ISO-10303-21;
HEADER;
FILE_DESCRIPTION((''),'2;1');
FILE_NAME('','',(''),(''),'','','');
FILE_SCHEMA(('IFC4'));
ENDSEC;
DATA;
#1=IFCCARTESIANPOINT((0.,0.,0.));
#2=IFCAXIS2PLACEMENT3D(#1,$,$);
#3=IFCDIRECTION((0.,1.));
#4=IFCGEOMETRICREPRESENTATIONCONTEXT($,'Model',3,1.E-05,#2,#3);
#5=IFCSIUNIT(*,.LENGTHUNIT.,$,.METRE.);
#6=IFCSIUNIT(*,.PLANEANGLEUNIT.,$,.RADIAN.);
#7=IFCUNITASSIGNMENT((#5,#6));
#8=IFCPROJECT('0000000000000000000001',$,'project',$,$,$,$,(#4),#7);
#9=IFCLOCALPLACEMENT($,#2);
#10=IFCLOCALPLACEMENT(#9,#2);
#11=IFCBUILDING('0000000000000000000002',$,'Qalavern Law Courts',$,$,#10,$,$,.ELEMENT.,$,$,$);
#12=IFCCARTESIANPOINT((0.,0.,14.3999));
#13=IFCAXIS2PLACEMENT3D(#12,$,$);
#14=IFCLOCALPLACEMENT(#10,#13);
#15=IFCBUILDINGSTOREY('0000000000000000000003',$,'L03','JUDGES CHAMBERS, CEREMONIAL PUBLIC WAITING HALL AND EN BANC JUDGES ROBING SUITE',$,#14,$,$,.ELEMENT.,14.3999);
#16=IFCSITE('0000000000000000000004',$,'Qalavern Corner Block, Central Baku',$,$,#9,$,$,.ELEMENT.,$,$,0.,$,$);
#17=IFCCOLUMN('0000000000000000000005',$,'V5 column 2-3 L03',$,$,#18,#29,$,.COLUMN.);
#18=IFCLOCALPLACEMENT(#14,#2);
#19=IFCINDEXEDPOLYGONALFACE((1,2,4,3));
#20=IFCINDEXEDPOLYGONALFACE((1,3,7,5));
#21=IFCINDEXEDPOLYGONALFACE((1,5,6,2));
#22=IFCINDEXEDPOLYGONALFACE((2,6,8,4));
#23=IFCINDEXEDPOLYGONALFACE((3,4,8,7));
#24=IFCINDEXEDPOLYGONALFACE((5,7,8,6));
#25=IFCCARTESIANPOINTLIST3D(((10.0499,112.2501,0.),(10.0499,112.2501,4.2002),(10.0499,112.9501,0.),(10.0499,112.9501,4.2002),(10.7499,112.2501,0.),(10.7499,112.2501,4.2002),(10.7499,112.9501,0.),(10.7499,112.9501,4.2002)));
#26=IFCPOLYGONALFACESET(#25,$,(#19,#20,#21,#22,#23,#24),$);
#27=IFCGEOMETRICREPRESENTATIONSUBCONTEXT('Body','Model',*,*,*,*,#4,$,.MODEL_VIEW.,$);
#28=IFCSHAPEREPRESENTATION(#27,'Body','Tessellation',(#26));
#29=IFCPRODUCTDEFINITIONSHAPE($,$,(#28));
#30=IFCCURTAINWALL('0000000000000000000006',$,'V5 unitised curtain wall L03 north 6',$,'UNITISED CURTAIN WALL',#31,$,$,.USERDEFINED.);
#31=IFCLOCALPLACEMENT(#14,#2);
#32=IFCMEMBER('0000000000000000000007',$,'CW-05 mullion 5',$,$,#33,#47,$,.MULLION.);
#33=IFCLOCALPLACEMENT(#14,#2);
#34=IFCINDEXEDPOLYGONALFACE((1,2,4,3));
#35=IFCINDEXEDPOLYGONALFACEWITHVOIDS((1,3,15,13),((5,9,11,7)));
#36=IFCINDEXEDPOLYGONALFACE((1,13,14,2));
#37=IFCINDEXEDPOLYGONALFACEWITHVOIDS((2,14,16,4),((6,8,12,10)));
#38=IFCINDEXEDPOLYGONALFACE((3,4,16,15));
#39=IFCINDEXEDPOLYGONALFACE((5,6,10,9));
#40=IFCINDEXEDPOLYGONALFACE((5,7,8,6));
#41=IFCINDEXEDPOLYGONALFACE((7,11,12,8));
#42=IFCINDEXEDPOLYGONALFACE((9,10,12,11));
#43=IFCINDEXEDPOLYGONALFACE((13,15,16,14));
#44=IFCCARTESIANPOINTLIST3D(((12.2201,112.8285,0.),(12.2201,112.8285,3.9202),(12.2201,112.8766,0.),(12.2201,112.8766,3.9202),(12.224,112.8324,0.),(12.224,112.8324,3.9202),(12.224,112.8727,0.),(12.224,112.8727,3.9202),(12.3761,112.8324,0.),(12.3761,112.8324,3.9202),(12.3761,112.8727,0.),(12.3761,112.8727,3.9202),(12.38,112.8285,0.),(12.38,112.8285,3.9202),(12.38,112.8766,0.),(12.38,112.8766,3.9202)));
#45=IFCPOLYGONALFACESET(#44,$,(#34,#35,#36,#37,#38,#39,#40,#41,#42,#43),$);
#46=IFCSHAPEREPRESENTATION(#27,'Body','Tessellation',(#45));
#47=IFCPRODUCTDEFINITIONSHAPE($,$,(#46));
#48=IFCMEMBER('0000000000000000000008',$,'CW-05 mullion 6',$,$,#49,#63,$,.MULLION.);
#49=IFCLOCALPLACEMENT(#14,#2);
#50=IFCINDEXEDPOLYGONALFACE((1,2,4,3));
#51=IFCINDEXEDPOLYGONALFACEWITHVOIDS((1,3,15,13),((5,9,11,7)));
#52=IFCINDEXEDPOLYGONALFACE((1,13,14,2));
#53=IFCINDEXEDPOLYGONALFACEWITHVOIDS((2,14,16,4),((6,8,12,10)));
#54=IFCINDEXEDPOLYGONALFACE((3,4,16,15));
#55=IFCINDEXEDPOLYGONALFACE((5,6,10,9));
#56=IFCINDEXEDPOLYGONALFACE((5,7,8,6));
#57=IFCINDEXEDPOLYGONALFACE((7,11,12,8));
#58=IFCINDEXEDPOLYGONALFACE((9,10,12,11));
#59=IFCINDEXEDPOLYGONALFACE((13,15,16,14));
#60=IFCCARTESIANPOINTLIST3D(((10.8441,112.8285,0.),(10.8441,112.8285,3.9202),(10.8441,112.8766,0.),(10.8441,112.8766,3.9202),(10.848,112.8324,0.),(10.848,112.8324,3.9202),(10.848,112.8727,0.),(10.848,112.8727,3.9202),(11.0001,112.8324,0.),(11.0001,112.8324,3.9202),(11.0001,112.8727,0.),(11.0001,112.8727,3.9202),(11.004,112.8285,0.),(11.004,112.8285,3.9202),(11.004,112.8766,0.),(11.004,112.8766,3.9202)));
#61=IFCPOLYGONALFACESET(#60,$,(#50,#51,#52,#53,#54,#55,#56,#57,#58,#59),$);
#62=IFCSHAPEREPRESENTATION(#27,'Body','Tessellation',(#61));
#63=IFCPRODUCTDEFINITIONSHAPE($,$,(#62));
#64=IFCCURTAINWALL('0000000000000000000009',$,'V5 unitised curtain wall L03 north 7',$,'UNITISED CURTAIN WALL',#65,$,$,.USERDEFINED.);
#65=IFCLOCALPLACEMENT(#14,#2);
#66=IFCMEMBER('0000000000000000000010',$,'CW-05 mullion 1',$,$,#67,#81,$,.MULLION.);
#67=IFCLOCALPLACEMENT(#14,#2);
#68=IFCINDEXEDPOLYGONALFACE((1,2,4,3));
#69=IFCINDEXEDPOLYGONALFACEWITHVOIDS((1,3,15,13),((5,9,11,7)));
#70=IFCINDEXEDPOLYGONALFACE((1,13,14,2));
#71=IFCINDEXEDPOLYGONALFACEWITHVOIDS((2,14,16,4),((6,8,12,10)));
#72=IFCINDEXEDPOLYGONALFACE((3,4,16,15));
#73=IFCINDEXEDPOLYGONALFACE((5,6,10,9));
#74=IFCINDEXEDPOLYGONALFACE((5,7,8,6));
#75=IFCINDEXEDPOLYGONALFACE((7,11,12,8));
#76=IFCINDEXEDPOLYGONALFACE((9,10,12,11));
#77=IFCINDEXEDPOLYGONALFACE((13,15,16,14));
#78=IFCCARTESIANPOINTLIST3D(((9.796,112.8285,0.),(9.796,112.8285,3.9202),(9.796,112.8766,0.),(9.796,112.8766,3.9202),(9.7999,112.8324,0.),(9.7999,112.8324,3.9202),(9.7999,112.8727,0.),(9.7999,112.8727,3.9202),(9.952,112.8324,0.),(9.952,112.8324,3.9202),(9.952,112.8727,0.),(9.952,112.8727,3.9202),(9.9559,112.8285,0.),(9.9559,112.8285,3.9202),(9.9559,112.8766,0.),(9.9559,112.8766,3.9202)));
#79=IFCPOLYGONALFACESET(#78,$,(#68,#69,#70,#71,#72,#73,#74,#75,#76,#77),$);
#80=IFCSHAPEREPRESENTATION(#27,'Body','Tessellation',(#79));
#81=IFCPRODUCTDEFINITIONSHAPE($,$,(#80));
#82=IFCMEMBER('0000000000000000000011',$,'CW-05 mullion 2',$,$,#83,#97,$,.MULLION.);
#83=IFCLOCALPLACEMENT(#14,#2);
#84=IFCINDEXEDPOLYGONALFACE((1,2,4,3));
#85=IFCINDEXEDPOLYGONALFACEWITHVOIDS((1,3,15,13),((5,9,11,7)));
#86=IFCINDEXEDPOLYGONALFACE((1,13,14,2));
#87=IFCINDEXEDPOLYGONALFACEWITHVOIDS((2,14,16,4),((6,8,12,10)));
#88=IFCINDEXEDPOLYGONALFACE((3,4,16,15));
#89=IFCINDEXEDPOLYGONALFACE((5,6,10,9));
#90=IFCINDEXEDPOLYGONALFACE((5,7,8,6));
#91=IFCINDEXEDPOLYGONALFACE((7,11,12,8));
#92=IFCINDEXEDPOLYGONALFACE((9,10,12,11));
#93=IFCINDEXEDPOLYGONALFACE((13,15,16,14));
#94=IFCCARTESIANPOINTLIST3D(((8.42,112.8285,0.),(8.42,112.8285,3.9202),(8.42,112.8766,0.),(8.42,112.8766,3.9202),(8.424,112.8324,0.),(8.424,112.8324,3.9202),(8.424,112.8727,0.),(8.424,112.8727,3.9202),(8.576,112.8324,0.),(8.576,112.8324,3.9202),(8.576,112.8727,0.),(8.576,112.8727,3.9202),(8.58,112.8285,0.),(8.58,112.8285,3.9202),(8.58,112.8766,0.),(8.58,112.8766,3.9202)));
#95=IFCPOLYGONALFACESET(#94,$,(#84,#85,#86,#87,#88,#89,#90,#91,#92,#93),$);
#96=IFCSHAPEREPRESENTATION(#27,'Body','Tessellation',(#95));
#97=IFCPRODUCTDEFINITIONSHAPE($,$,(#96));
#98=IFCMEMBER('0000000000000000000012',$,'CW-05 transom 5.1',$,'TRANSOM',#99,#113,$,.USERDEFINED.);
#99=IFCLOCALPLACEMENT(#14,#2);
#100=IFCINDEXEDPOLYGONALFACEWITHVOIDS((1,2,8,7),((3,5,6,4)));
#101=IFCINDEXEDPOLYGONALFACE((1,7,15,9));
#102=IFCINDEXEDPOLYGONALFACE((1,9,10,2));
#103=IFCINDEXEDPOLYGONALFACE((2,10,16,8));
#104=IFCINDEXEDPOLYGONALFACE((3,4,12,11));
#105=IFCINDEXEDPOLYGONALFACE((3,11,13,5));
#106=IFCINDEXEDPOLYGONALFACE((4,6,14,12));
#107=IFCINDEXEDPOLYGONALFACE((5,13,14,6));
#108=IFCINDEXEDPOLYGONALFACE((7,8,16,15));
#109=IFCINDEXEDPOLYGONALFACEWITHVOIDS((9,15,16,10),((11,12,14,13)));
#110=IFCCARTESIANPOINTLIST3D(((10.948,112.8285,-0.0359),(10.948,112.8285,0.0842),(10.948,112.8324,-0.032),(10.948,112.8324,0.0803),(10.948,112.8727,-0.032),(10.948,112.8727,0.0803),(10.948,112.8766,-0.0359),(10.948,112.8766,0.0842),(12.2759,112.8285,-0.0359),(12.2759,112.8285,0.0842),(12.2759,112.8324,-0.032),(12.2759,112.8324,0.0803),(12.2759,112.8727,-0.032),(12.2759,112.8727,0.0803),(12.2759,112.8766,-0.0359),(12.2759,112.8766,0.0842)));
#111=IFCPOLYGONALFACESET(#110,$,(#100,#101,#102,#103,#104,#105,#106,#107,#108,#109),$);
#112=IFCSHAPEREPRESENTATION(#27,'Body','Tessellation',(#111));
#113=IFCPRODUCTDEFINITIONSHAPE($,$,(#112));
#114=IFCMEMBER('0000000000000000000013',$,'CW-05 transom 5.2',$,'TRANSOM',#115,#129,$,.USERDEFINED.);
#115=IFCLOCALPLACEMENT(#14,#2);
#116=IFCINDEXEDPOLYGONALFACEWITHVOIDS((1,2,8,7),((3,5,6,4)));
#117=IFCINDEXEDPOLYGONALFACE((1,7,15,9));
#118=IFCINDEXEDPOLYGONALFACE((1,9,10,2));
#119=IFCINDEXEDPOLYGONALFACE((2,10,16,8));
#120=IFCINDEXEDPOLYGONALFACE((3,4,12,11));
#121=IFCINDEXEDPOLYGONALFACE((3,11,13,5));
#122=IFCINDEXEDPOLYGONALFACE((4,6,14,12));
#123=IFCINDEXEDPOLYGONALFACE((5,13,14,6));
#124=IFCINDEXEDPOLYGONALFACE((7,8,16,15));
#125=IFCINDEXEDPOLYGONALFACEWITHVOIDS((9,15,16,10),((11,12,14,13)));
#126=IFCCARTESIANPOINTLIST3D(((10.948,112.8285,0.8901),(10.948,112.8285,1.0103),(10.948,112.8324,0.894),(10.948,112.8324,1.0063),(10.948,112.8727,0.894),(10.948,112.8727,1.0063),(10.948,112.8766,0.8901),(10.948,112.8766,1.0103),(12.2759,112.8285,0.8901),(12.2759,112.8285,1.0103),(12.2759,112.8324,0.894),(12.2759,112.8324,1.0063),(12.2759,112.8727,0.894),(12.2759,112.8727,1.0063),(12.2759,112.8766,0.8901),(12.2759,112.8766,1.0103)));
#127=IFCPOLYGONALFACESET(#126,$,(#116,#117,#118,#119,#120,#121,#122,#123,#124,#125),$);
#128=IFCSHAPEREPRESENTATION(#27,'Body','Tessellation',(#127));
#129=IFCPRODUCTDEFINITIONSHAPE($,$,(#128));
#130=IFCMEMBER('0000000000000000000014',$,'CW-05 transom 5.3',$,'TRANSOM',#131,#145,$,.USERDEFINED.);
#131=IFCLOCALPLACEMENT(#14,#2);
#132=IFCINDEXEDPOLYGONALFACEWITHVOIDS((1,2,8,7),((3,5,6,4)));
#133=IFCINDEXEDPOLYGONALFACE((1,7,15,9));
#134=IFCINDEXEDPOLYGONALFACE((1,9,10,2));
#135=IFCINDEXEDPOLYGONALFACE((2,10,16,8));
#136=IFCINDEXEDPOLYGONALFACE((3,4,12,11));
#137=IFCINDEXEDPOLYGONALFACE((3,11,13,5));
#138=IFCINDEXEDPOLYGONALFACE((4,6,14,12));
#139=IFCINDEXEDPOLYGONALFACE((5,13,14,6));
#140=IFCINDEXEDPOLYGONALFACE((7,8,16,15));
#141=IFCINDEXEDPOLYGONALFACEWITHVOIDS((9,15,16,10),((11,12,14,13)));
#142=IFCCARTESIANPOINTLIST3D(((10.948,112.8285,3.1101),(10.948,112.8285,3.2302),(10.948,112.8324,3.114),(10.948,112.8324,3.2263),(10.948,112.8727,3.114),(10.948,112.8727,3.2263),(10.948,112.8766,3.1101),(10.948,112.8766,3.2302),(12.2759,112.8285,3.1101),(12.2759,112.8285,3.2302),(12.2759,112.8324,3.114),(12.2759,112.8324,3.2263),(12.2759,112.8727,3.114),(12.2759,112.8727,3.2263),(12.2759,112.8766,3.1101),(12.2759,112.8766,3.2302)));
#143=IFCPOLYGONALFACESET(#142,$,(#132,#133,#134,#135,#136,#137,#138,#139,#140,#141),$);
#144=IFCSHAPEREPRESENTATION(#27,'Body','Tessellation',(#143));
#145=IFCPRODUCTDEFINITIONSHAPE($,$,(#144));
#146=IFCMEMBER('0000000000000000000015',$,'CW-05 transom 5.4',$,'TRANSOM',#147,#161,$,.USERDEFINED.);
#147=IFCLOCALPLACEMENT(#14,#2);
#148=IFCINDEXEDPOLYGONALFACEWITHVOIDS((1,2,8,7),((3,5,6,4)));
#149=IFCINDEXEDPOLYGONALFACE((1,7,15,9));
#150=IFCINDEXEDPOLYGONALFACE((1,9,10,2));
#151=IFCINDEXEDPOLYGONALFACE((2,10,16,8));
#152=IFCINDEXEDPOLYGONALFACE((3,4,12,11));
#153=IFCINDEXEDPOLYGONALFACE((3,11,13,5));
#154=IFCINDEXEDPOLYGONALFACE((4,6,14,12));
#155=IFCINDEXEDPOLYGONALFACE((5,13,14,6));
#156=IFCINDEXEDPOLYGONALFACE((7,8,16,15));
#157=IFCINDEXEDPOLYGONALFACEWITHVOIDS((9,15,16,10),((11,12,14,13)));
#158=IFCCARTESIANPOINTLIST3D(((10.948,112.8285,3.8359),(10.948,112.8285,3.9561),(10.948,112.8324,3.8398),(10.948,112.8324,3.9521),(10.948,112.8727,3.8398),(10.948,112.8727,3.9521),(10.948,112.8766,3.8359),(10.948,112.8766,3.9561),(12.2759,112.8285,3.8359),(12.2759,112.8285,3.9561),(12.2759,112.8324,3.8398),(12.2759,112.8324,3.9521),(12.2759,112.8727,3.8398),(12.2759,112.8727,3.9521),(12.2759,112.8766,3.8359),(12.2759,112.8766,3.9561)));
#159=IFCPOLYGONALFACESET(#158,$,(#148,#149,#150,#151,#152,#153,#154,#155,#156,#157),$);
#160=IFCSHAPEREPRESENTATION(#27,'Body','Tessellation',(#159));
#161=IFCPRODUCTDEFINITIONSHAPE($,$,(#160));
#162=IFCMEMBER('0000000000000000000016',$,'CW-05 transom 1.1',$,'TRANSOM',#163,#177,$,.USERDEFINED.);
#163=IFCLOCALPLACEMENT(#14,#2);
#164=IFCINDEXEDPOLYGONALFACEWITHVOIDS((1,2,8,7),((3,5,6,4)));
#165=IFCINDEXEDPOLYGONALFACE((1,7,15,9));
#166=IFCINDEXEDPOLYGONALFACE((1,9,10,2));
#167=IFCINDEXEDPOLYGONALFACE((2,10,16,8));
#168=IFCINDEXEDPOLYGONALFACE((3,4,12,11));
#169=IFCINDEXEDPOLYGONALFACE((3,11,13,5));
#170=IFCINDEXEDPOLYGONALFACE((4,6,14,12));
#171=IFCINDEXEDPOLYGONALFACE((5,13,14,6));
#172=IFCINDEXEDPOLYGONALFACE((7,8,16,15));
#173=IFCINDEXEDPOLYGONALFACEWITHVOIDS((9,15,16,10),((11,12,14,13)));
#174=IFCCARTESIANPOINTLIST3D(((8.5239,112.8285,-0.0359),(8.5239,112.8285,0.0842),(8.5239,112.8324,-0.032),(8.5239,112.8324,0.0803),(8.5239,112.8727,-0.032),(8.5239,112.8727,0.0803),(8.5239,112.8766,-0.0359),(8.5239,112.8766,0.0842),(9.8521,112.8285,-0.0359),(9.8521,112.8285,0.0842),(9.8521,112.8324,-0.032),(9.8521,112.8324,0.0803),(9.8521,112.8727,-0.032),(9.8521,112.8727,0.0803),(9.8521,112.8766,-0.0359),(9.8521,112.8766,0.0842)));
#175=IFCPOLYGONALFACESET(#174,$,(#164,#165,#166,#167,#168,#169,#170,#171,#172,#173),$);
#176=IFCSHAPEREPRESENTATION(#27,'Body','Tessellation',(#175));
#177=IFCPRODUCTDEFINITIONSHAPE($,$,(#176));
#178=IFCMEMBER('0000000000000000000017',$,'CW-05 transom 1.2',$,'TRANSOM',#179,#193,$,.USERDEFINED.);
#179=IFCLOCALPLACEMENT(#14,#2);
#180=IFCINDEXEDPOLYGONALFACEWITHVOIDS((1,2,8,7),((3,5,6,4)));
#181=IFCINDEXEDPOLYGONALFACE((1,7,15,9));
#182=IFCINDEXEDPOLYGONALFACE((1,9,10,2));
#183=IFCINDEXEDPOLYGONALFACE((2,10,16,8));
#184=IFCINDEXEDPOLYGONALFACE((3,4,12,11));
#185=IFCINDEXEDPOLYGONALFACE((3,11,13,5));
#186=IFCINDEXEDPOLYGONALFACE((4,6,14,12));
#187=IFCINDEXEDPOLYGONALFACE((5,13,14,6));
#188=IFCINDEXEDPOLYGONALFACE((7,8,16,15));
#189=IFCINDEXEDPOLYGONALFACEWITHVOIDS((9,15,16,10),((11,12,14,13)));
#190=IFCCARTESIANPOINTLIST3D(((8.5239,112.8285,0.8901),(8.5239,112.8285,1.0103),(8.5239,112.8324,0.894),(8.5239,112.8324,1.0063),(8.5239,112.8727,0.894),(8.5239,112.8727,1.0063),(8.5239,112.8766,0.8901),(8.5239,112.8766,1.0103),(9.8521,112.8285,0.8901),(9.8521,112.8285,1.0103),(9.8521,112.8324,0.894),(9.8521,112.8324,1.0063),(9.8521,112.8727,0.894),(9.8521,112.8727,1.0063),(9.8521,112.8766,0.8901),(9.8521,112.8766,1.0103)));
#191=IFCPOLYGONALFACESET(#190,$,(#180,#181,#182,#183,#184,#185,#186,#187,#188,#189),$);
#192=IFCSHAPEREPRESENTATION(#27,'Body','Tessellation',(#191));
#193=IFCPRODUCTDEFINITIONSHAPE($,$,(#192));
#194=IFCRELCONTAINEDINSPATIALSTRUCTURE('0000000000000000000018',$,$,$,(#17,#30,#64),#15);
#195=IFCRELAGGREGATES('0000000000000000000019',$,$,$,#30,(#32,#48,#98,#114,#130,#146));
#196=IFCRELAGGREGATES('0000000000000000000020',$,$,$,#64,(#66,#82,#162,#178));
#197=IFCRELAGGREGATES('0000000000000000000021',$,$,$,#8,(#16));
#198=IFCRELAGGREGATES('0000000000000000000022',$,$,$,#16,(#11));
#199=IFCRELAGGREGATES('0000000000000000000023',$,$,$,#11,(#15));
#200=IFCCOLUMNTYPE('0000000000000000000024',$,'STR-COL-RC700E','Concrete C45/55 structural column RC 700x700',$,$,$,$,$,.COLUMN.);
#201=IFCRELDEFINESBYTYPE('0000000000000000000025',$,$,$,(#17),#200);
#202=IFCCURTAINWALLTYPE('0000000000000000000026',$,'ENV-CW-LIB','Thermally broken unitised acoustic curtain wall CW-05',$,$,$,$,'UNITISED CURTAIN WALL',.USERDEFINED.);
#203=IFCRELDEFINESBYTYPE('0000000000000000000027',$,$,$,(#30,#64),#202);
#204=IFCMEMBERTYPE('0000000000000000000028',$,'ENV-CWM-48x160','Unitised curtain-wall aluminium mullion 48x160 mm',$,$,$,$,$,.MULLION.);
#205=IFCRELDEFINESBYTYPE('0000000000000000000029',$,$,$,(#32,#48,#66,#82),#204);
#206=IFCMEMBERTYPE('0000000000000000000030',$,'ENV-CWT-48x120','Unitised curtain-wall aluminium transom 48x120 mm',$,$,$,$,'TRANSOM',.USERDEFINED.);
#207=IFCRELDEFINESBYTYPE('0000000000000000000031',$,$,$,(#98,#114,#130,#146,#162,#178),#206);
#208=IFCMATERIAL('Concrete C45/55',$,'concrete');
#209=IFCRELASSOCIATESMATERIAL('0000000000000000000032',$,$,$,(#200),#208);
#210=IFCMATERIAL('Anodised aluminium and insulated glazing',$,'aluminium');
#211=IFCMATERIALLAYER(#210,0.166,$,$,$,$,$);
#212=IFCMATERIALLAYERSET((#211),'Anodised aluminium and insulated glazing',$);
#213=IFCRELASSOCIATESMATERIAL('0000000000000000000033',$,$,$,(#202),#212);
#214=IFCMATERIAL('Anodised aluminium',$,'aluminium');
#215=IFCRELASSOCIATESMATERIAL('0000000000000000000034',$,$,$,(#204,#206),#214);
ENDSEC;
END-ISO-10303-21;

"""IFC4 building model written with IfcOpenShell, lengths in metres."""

from ifc_helpers import new_model, si_unit, direction, frame, origin, origin_2d, place, context, subcontext, project, spatial, rectangle, hollow_rectangle, extrude, material, layer, layer_set, material_profile, profile_set, type_object, element, aggregate, save


model = new_model("IFC4")

# Units and contexts
model_context = context("Model", 3, precision=1e-05, world=origin(), true_north=direction((0.0, 1.0)))
body_context = subcontext(model_context, "Body", "Model", "MODEL_VIEW")
ifc_project = project(units=[si_unit("LENGTHUNIT", "METRE"), si_unit("PLANEANGLEUNIT", "RADIAN")], contexts=[model_context])

# Site, building, storey
site_placement = place(None, origin())
site = spatial("IfcSite", under=ifc_project, at=site_placement, Name="Qalavern Corner Block, Central Baku", CompositionType="ELEMENT", RefElevation=0.0)
building_placement = place(site_placement, origin())
building = spatial("IfcBuilding", under=site, at=building_placement, Name="Qalavern Law Courts", CompositionType="ELEMENT")
storey_placement = place(building_placement, frame((0.0, 0.0, 14.3999)))
storey = spatial("IfcBuildingStorey", under=building, at=storey_placement, Name="L03", Description="JUDGES CHAMBERS, CEREMONIAL PUBLIC WAITING HALL AND EN BANC JUDGES ROBING SUITE", CompositionType="ELEMENT", Elevation=14.3999)

# Column
ifc_material_1 = material(Name="Concrete C45/55", Category="concrete")
ifc_material_profile_1 = material_profile(ifc_material_1, rectangle(XDim=0.7, YDim=0.7, at=origin_2d()), Name="RC 700x700")
ifc_profile_set_1 = profile_set([ifc_material_profile_1], Name="Concrete C45/55")
column_type = type_object("IfcColumnType", Name="STR-COL-RC700E", Description="Concrete C45/55 structural column RC 700x700", PredefinedType="COLUMN", material=ifc_profile_set_1)
column_placement = place(storey_placement, frame((10.3999, 112.6001, 0.0), z_axis=(0.0, 0.0, 1.0), x_axis=(1.0, 0.0, 0.0)))
element("IfcColumn", 1, at=column_placement, inside=storey, type_object=column_type, Name="V5 column 2-3 L03", PredefinedType="COLUMN", context=body_context, shape_type="SweptSolid", body=[
    extrude(rectangle(XDim=0.7, YDim=0.7, at=origin_2d()), origin(), (0.0, 0.0, 1.0), 4.2002),
])

# Curtain walls, members
ifc_material_2 = material(Name="Anodised aluminium and insulated glazing", Category="aluminium")
ifc_layer_1 = layer(ifc_material_2, 0.166)
ifc_layer_set_1 = layer_set([ifc_layer_1], Name="Anodised aluminium and insulated glazing")
curtain_wall_type = type_object("IfcCurtainWallType", Name="ENV-CW-LIB", Description="Thermally broken unitised acoustic curtain wall CW-05", ElementType="UNITISED CURTAIN WALL", PredefinedType="USERDEFINED", material=ifc_layer_set_1)
curtain_wall_1_placement = place(storey_placement, origin())
curtain_wall_1 = element("IfcCurtainWall", 2, at=curtain_wall_1_placement, inside=storey, type_object=curtain_wall_type, Name="V5 unitised curtain wall L03 north 6", ObjectType="UNITISED CURTAIN WALL", PredefinedType="USERDEFINED")
ifc_material_3 = material(Name="Anodised aluminium", Category="aluminium")
ifc_material_profile_2 = material_profile(ifc_material_3, hollow_rectangle(XDim=0.0481, YDim=0.1599, WallThickness=0.0039, at=origin_2d()), Name="ALU MULLION 48x160")
ifc_profile_set_2 = profile_set([ifc_material_profile_2], Name="Anodised aluminium")
member_type_1 = type_object("IfcMemberType", Name="ENV-CWM-48x160", Description="Unitised curtain-wall aluminium mullion 48x160 mm", PredefinedType="MULLION", material=ifc_profile_set_2)
member_1_placement = place(storey_placement, frame((12.3, 112.8525, 0.0), z_axis=(0.0, 0.0, 1.0), x_axis=(0.0, -1.0, 0.0)))
member_1 = element("IfcMember", 3, at=member_1_placement, type_object=member_type_1, Name="CW-05 mullion 5", PredefinedType="MULLION", context=body_context, shape_type="SweptSolid", body=[
    extrude(hollow_rectangle(XDim=0.0481, YDim=0.1599, WallThickness=0.0039, at=origin_2d()), origin(), (0.0, 0.0, 1.0), 3.9202),
])
member_2_placement = place(storey_placement, frame((10.9241, 112.8525, 0.0), z_axis=(0.0, 0.0, 1.0), x_axis=(0.0, -1.0, 0.0)))
member_2 = element("IfcMember", 4, at=member_2_placement, type_object=member_type_1, Name="CW-05 mullion 6", PredefinedType="MULLION", context=body_context, shape_type="SweptSolid", body=[
    extrude(hollow_rectangle(XDim=0.0481, YDim=0.1599, WallThickness=0.0039, at=origin_2d()), origin(), (0.0, 0.0, 1.0), 3.9202),
])
curtain_wall_2_placement = place(storey_placement, origin())
curtain_wall_2 = element("IfcCurtainWall", 5, at=curtain_wall_2_placement, inside=storey, type_object=curtain_wall_type, Name="V5 unitised curtain wall L03 north 7", ObjectType="UNITISED CURTAIN WALL", PredefinedType="USERDEFINED")
member_3_placement = place(storey_placement, frame((9.876, 112.8525, 0.0), z_axis=(0.0, 0.0, 1.0), x_axis=(0.0, -1.0, 0.0)))
member_3 = element("IfcMember", 6, at=member_3_placement, type_object=member_type_1, Name="CW-05 mullion 1", PredefinedType="MULLION", context=body_context, shape_type="SweptSolid", body=[
    extrude(hollow_rectangle(XDim=0.0481, YDim=0.1599, WallThickness=0.0039, at=origin_2d()), origin(), (0.0, 0.0, 1.0), 3.9202),
])
member_4_placement = place(storey_placement, frame((8.5, 112.8525, 0.0), z_axis=(0.0, 0.0, 1.0), x_axis=(0.0, -1.0, 0.0)))
member_4 = element("IfcMember", 7, at=member_4_placement, type_object=member_type_1, Name="CW-05 mullion 2", PredefinedType="MULLION", context=body_context, shape_type="SweptSolid", body=[
    extrude(hollow_rectangle(XDim=0.0481, YDim=0.1599, WallThickness=0.0039, at=origin_2d()), origin(), (0.0, 0.0, 1.0), 3.9202),
])

# Members
ifc_material_profile_3 = material_profile(ifc_material_3, hollow_rectangle(XDim=0.0481, YDim=0.1201, WallThickness=0.0039, at=origin_2d()), Name="ALU TRANSOM 48x120")
ifc_profile_set_3 = profile_set([ifc_material_profile_3], Name="Anodised aluminium")
member_type_2 = type_object("IfcMemberType", Name="ENV-CWT-48x120", Description="Unitised curtain-wall aluminium transom 48x120 mm", ElementType="TRANSOM", PredefinedType="USERDEFINED", material=ifc_profile_set_3)
member_5_placement = place(storey_placement, frame((12.2759, 112.8525, 0.0242), z_axis=(-1.0, 0.0, 0.0), x_axis=(0.0, -1.0, 0.0)))
member_5 = element("IfcMember", 8, at=member_5_placement, type_object=member_type_2, Name="CW-05 transom 5.1", ObjectType="TRANSOM", PredefinedType="USERDEFINED", context=body_context, shape_type="SweptSolid", body=[
    extrude(hollow_rectangle(XDim=0.0481, YDim=0.1201, WallThickness=0.0039, at=origin_2d()), origin(), (0.0, 0.0, 1.0), 1.3279),
])
member_6_placement = place(storey_placement, frame((12.2759, 112.8525, 0.9502), z_axis=(-1.0, 0.0, 0.0), x_axis=(0.0, -1.0, 0.0)))
member_6 = element("IfcMember", 9, at=member_6_placement, type_object=member_type_2, Name="CW-05 transom 5.2", ObjectType="TRANSOM", PredefinedType="USERDEFINED", context=body_context, shape_type="SweptSolid", body=[
    extrude(hollow_rectangle(XDim=0.0481, YDim=0.1201, WallThickness=0.0039, at=origin_2d()), origin(), (0.0, 0.0, 1.0), 1.3279),
])
member_7_placement = place(storey_placement, frame((12.2759, 112.8525, 3.1702), z_axis=(-1.0, 0.0, 0.0), x_axis=(0.0, -1.0, 0.0)))
member_7 = element("IfcMember", 10, at=member_7_placement, type_object=member_type_2, Name="CW-05 transom 5.3", ObjectType="TRANSOM", PredefinedType="USERDEFINED", context=body_context, shape_type="SweptSolid", body=[
    extrude(hollow_rectangle(XDim=0.0481, YDim=0.1201, WallThickness=0.0039, at=origin_2d()), origin(), (0.0, 0.0, 1.0), 1.3279),
])
member_8_placement = place(storey_placement, frame((12.2759, 112.8525, 3.896), z_axis=(-1.0, 0.0, 0.0), x_axis=(0.0, -1.0, 0.0)))
member_8 = element("IfcMember", 11, at=member_8_placement, type_object=member_type_2, Name="CW-05 transom 5.4", ObjectType="TRANSOM", PredefinedType="USERDEFINED", context=body_context, shape_type="SweptSolid", body=[
    extrude(hollow_rectangle(XDim=0.0481, YDim=0.1201, WallThickness=0.0039, at=origin_2d()), origin(), (0.0, 0.0, 1.0), 1.3279),
])
member_9_placement = place(storey_placement, frame((9.8521, 112.8525, 0.0242), z_axis=(-1.0, 0.0, 0.0), x_axis=(0.0, -1.0, 0.0)))
member_9 = element("IfcMember", 12, at=member_9_placement, type_object=member_type_2, Name="CW-05 transom 1.1", ObjectType="TRANSOM", PredefinedType="USERDEFINED", context=body_context, shape_type="SweptSolid", body=[
    extrude(hollow_rectangle(XDim=0.0481, YDim=0.1201, WallThickness=0.0039, at=origin_2d()), origin(), (0.0, 0.0, 1.0), 1.3281),
])
member_10_placement = place(storey_placement, frame((9.8521, 112.8525, 0.9502), z_axis=(-1.0, 0.0, 0.0), x_axis=(0.0, -1.0, 0.0)))
member_10 = element("IfcMember", 13, at=member_10_placement, type_object=member_type_2, Name="CW-05 transom 1.2", ObjectType="TRANSOM", PredefinedType="USERDEFINED", context=body_context, shape_type="SweptSolid", body=[
    extrude(hollow_rectangle(XDim=0.0481, YDim=0.1201, WallThickness=0.0039, at=origin_2d()), origin(), (0.0, 0.0, 1.0), 1.3281),
])

aggregate(curtain_wall_1, [member_1, member_2, member_5, member_6, member_7, member_8])
aggregate(curtain_wall_2, [member_3, member_4, member_9, member_10])

save(model, "model.ifc")
